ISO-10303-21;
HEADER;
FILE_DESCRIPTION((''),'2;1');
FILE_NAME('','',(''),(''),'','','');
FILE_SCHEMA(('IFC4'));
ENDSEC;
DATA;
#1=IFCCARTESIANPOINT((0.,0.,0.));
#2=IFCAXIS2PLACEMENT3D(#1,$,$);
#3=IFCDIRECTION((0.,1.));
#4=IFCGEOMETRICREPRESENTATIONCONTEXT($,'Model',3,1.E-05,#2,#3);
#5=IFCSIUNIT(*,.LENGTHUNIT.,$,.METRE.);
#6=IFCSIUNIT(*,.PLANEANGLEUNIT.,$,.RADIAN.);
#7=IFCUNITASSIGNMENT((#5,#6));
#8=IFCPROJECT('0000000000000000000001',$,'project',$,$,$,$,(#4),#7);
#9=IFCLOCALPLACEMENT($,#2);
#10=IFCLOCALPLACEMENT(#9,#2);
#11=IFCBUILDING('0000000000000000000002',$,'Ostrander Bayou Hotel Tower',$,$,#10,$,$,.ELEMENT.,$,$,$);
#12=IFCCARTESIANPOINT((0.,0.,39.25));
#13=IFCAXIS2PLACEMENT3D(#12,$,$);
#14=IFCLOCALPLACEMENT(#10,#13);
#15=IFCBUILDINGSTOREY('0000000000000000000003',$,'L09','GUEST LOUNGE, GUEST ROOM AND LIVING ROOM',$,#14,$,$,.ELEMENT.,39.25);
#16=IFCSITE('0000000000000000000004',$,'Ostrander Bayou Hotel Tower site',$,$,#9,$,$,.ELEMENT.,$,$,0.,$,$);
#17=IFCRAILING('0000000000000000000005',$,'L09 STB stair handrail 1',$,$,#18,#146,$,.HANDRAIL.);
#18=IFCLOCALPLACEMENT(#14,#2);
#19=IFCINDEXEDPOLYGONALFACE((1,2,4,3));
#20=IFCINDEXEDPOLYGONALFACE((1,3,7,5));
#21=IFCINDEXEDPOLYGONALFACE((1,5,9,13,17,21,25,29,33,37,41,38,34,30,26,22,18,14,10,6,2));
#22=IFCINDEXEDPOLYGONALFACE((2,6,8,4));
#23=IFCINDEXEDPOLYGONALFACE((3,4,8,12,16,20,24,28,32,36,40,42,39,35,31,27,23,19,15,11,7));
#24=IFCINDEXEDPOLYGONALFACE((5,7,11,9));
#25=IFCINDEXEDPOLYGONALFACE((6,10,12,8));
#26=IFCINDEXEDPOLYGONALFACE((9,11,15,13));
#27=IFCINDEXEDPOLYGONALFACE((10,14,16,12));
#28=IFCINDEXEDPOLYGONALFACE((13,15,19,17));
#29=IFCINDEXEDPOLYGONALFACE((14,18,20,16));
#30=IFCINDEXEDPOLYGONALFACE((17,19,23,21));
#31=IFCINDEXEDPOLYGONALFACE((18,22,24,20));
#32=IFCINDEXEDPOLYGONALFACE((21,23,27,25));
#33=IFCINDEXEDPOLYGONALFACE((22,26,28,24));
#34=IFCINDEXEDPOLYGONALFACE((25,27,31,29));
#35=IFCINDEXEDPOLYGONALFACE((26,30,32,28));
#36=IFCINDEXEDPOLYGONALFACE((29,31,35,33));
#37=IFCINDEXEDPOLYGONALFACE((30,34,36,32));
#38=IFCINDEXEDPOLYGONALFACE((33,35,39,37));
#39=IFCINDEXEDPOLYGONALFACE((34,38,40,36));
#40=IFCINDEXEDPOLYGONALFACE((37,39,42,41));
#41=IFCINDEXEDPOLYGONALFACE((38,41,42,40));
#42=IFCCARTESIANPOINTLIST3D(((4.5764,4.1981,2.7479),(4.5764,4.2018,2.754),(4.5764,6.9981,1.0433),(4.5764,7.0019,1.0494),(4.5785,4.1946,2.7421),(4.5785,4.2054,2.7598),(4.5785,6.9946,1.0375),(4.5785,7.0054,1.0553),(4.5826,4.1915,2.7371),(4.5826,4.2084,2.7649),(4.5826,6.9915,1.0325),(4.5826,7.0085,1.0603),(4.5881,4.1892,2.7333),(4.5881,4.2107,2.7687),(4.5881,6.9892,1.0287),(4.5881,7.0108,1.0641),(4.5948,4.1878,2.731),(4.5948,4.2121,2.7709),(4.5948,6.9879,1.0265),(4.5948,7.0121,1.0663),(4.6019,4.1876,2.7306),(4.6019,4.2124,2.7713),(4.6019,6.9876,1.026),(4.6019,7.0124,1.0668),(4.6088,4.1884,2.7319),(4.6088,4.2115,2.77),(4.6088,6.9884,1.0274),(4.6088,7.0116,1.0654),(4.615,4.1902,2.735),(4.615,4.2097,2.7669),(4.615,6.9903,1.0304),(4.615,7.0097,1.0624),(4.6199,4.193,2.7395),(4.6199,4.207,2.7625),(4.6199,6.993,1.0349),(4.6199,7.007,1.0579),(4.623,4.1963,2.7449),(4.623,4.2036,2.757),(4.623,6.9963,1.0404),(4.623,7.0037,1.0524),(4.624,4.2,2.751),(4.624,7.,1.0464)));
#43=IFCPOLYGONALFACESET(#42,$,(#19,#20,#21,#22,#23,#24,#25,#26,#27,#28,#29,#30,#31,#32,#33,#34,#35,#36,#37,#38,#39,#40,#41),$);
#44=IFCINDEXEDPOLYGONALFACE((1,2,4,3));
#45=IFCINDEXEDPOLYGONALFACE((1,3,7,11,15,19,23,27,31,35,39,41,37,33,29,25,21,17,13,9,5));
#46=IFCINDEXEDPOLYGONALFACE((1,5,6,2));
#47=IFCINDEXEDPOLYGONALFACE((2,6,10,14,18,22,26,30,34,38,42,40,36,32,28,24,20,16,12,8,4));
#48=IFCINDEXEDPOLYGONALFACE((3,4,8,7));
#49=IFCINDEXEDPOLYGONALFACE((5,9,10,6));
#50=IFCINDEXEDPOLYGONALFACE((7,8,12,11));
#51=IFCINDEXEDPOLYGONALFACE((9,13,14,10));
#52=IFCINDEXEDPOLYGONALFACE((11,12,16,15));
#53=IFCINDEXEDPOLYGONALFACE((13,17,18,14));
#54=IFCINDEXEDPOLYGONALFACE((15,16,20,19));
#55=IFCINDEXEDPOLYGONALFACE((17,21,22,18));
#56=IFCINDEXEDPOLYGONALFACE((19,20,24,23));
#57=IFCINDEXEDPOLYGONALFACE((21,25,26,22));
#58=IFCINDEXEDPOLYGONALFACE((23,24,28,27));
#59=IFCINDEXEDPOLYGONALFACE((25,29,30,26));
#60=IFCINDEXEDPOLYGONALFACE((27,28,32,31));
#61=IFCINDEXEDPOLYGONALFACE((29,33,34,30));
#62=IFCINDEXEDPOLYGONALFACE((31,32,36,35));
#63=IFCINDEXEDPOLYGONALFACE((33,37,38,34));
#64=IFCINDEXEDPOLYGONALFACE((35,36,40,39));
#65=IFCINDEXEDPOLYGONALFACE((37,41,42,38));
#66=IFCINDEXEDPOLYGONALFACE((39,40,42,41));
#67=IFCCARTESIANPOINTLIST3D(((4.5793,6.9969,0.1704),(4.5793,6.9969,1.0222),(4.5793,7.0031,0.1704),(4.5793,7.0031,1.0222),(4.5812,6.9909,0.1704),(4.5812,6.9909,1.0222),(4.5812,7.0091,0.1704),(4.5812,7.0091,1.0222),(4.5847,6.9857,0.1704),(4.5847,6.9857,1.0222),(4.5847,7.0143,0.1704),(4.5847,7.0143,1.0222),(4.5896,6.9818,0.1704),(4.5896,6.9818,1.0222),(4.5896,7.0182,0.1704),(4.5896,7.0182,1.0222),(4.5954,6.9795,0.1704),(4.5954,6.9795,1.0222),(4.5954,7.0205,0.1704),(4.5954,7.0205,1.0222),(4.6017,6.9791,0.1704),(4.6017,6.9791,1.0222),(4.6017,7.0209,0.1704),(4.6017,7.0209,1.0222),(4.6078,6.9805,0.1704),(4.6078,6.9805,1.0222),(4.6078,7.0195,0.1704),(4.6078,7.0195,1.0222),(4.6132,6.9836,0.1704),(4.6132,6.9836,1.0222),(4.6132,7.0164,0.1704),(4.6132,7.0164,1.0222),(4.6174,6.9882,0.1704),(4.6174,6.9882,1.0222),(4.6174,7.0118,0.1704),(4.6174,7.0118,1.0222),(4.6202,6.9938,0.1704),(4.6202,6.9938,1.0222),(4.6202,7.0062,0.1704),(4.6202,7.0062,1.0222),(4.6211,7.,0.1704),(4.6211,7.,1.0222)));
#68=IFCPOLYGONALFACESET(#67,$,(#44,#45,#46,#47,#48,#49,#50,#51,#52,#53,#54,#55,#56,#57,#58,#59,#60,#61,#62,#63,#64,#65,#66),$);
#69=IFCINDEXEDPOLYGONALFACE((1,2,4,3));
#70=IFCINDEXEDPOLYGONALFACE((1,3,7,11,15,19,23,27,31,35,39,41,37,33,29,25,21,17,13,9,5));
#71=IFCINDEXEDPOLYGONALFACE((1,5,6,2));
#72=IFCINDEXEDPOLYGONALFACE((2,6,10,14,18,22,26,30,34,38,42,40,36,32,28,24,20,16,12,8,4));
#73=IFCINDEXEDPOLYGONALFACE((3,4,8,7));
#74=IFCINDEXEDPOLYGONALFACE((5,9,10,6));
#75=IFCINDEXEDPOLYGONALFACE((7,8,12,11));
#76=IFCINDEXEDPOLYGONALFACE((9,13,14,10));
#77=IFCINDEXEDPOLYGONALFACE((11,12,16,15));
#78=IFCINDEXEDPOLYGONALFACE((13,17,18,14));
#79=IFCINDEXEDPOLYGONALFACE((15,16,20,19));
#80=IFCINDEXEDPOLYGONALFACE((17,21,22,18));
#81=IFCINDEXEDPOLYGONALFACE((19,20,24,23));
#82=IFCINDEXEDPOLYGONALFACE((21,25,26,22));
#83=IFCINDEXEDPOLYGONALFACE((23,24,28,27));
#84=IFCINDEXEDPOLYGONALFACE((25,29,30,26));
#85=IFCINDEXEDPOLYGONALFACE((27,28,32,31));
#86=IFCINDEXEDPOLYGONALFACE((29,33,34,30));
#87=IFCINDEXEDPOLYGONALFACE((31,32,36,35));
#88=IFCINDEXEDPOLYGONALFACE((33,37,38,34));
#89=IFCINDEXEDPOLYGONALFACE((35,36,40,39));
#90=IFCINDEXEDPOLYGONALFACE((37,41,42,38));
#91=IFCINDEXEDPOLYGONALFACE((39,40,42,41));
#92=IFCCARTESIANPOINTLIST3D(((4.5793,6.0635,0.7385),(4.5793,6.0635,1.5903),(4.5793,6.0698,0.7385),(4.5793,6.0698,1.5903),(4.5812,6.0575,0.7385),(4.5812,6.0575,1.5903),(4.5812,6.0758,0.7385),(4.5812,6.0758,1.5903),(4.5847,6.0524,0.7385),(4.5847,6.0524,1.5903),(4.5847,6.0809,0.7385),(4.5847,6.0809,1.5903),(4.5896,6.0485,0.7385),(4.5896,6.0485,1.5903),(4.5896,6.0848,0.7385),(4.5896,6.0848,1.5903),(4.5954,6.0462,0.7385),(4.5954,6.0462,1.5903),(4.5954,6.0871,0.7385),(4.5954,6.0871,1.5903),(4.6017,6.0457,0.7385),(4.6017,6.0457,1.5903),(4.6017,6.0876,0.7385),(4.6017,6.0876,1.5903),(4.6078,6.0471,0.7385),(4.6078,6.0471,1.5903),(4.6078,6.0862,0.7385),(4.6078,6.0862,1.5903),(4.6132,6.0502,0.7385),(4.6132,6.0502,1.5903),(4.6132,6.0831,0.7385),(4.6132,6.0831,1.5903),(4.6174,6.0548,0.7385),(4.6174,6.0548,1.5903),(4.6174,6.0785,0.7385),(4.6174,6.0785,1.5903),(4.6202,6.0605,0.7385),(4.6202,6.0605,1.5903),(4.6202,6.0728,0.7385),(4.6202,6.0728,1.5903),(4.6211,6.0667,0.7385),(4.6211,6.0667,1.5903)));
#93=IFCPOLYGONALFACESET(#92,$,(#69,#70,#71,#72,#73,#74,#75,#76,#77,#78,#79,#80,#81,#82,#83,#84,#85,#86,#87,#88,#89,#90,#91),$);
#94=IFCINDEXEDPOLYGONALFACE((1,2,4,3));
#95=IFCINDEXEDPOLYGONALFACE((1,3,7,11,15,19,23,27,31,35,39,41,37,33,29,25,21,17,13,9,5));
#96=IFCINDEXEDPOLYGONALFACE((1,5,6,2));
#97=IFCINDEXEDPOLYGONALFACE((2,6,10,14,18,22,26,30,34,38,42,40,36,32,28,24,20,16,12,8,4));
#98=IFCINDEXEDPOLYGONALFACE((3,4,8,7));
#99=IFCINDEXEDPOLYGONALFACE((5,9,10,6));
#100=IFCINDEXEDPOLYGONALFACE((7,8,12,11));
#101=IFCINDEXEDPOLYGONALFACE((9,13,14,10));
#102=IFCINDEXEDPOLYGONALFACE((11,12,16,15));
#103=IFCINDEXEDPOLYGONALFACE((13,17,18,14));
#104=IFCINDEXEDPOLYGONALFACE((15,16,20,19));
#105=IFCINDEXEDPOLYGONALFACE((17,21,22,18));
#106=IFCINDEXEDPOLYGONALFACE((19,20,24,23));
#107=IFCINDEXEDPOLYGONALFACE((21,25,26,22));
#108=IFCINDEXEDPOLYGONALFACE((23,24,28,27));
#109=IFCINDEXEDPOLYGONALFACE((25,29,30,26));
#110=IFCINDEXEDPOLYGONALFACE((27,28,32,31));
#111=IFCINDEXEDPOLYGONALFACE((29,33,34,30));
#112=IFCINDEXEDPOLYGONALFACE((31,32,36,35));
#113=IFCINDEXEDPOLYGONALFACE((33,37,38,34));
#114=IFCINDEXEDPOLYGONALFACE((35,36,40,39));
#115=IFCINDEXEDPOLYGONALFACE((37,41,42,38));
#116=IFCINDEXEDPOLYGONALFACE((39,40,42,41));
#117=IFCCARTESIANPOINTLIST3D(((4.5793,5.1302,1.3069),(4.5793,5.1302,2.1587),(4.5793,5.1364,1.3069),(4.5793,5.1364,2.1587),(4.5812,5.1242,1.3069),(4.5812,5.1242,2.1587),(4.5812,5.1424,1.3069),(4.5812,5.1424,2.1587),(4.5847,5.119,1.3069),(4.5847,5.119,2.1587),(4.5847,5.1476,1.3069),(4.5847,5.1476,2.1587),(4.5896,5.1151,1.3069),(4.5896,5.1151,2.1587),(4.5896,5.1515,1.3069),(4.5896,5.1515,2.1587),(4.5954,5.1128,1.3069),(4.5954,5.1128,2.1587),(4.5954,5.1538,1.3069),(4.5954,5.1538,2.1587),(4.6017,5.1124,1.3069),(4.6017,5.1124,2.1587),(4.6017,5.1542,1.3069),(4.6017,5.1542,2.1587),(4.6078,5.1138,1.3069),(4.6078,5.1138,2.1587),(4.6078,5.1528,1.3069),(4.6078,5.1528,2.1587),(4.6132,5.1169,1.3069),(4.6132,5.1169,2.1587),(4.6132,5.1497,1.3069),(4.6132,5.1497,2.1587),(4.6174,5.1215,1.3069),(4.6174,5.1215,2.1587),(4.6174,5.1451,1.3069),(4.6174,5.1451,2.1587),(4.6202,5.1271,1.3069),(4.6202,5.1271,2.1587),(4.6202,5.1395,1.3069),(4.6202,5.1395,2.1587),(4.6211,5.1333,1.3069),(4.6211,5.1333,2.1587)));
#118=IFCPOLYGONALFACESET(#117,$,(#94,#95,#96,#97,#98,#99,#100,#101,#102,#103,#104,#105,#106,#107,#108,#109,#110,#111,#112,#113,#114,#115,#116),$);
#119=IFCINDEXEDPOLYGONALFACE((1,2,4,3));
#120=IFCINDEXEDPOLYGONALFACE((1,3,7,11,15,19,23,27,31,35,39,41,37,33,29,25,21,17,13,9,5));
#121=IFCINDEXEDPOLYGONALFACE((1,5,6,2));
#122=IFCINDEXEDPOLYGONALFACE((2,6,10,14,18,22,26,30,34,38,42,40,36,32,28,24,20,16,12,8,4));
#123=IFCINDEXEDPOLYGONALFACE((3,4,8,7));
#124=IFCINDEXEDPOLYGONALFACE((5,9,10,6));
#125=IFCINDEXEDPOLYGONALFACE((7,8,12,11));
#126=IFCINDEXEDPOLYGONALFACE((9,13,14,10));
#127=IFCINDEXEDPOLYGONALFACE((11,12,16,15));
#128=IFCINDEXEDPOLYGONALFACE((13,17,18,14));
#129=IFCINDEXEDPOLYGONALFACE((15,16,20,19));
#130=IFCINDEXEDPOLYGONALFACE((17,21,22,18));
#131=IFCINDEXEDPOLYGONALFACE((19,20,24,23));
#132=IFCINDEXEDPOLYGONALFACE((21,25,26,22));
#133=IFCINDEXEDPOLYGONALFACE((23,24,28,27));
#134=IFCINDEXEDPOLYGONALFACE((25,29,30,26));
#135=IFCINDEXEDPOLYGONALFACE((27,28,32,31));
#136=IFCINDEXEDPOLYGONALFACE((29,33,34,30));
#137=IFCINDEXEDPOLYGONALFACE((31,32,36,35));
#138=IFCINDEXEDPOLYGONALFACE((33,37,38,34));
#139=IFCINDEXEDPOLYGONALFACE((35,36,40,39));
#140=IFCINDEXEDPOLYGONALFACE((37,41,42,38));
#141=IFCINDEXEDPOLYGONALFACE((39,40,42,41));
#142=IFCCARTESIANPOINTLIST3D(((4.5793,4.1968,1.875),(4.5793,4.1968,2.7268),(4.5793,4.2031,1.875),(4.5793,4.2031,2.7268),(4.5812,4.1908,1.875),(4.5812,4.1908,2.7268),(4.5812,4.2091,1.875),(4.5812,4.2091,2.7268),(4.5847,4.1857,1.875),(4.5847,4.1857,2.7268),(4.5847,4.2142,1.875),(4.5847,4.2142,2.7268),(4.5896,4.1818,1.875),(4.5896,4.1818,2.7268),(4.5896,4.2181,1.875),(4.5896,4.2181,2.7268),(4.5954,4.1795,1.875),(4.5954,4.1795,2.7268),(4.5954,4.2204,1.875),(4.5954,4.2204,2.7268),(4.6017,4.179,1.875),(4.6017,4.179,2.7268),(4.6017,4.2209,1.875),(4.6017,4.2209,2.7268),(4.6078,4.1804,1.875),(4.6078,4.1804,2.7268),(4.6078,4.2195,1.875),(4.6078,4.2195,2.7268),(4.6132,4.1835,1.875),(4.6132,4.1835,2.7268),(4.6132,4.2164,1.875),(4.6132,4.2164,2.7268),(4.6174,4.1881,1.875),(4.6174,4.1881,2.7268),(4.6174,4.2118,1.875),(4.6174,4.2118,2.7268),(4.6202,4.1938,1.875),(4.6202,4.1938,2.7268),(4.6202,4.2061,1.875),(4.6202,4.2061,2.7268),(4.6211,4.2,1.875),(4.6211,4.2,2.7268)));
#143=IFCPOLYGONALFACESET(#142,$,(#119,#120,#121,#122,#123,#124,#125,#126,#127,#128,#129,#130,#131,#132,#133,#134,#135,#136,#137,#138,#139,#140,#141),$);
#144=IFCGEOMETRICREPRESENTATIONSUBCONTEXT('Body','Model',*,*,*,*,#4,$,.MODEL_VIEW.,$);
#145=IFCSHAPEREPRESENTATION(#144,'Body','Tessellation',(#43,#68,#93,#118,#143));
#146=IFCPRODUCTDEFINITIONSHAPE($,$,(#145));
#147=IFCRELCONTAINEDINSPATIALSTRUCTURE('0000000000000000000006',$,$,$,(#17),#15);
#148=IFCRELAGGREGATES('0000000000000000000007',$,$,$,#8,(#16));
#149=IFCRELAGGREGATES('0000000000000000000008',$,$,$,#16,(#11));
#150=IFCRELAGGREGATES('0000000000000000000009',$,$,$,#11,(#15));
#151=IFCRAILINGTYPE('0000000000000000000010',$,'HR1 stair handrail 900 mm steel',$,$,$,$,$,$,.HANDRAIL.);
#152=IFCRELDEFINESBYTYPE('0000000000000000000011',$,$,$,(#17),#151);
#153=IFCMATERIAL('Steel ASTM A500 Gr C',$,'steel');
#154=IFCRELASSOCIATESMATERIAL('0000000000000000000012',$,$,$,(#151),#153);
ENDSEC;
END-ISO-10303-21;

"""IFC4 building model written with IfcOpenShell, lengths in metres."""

from ifc_helpers import new_model, si_unit, direction, frame, origin, origin_2d, place, context, subcontext, project, spatial, circle, extrude, material, type_object, element, save


model = new_model("IFC4")

# Units and contexts
model_context = context("Model", 3, precision=1e-05, world=origin(), true_north=direction((0.0, 1.0)))
body_context = subcontext(model_context, "Body", "Model", "MODEL_VIEW")
ifc_project = project(units=[si_unit("LENGTHUNIT", "METRE"), si_unit("PLANEANGLEUNIT", "RADIAN")], contexts=[model_context])

# Site, building, storey
site_placement = place(None, origin())
site = spatial("IfcSite", under=ifc_project, at=site_placement, Name="Ostrander Bayou Hotel Tower site", CompositionType="ELEMENT", RefElevation=0.0)
building_placement = place(site_placement, origin())
building = spatial("IfcBuilding", under=site, at=building_placement, Name="Ostrander Bayou Hotel Tower", CompositionType="ELEMENT")
storey_placement = place(building_placement, frame((0.0, 0.0, 39.25)))
storey = spatial("IfcBuildingStorey", under=building, at=storey_placement, Name="L09", Description="GUEST LOUNGE, GUEST ROOM AND LIVING ROOM", CompositionType="ELEMENT", Elevation=39.25)

# Railing
ifc_material_1 = material(Name="Steel ASTM A500 Gr C", Category="steel")
railing_type_1 = type_object("IfcRailingType", Name="HR1 stair handrail 900 mm steel", PredefinedType="HANDRAIL", material=ifc_material_1)
railing_1_placement = place(storey_placement, frame((4.6001, 7.0, 0.1704)))
element("IfcRailing", 1, at=railing_1_placement, inside=storey, type_object=railing_type_1, Name="L09 STB stair handrail 1", PredefinedType="HANDRAIL", context=body_context, shape_type="SweptSolid", body=[
    extrude(circle(Radius=0.0239, at=origin_2d()), frame((0.0, 0.0, 0.876), z_axis=(0.0, -0.85417, 0.519994), x_axis=(1.0, 0.0, 0.0)), (0.0, 0.0, 1.0), 3.2781),
    extrude(circle(Radius=0.021, at=origin_2d()), origin(), (0.0, 0.0, 1.0), 0.8518),
    extrude(circle(Radius=0.021, at=origin_2d()), frame((0.0, -0.9333, 0.5681)), (0.0, 0.0, 1.0), 0.8518),
    extrude(circle(Radius=0.021, at=origin_2d()), frame((0.0, -1.8667, 1.1365)), (0.0, 0.0, 1.0), 0.8518),
    extrude(circle(Radius=0.021, at=origin_2d()), frame((0.0, -2.8, 1.7046)), (0.0, 0.0, 1.0), 0.8518),
])

save(model, "model.ifc")
